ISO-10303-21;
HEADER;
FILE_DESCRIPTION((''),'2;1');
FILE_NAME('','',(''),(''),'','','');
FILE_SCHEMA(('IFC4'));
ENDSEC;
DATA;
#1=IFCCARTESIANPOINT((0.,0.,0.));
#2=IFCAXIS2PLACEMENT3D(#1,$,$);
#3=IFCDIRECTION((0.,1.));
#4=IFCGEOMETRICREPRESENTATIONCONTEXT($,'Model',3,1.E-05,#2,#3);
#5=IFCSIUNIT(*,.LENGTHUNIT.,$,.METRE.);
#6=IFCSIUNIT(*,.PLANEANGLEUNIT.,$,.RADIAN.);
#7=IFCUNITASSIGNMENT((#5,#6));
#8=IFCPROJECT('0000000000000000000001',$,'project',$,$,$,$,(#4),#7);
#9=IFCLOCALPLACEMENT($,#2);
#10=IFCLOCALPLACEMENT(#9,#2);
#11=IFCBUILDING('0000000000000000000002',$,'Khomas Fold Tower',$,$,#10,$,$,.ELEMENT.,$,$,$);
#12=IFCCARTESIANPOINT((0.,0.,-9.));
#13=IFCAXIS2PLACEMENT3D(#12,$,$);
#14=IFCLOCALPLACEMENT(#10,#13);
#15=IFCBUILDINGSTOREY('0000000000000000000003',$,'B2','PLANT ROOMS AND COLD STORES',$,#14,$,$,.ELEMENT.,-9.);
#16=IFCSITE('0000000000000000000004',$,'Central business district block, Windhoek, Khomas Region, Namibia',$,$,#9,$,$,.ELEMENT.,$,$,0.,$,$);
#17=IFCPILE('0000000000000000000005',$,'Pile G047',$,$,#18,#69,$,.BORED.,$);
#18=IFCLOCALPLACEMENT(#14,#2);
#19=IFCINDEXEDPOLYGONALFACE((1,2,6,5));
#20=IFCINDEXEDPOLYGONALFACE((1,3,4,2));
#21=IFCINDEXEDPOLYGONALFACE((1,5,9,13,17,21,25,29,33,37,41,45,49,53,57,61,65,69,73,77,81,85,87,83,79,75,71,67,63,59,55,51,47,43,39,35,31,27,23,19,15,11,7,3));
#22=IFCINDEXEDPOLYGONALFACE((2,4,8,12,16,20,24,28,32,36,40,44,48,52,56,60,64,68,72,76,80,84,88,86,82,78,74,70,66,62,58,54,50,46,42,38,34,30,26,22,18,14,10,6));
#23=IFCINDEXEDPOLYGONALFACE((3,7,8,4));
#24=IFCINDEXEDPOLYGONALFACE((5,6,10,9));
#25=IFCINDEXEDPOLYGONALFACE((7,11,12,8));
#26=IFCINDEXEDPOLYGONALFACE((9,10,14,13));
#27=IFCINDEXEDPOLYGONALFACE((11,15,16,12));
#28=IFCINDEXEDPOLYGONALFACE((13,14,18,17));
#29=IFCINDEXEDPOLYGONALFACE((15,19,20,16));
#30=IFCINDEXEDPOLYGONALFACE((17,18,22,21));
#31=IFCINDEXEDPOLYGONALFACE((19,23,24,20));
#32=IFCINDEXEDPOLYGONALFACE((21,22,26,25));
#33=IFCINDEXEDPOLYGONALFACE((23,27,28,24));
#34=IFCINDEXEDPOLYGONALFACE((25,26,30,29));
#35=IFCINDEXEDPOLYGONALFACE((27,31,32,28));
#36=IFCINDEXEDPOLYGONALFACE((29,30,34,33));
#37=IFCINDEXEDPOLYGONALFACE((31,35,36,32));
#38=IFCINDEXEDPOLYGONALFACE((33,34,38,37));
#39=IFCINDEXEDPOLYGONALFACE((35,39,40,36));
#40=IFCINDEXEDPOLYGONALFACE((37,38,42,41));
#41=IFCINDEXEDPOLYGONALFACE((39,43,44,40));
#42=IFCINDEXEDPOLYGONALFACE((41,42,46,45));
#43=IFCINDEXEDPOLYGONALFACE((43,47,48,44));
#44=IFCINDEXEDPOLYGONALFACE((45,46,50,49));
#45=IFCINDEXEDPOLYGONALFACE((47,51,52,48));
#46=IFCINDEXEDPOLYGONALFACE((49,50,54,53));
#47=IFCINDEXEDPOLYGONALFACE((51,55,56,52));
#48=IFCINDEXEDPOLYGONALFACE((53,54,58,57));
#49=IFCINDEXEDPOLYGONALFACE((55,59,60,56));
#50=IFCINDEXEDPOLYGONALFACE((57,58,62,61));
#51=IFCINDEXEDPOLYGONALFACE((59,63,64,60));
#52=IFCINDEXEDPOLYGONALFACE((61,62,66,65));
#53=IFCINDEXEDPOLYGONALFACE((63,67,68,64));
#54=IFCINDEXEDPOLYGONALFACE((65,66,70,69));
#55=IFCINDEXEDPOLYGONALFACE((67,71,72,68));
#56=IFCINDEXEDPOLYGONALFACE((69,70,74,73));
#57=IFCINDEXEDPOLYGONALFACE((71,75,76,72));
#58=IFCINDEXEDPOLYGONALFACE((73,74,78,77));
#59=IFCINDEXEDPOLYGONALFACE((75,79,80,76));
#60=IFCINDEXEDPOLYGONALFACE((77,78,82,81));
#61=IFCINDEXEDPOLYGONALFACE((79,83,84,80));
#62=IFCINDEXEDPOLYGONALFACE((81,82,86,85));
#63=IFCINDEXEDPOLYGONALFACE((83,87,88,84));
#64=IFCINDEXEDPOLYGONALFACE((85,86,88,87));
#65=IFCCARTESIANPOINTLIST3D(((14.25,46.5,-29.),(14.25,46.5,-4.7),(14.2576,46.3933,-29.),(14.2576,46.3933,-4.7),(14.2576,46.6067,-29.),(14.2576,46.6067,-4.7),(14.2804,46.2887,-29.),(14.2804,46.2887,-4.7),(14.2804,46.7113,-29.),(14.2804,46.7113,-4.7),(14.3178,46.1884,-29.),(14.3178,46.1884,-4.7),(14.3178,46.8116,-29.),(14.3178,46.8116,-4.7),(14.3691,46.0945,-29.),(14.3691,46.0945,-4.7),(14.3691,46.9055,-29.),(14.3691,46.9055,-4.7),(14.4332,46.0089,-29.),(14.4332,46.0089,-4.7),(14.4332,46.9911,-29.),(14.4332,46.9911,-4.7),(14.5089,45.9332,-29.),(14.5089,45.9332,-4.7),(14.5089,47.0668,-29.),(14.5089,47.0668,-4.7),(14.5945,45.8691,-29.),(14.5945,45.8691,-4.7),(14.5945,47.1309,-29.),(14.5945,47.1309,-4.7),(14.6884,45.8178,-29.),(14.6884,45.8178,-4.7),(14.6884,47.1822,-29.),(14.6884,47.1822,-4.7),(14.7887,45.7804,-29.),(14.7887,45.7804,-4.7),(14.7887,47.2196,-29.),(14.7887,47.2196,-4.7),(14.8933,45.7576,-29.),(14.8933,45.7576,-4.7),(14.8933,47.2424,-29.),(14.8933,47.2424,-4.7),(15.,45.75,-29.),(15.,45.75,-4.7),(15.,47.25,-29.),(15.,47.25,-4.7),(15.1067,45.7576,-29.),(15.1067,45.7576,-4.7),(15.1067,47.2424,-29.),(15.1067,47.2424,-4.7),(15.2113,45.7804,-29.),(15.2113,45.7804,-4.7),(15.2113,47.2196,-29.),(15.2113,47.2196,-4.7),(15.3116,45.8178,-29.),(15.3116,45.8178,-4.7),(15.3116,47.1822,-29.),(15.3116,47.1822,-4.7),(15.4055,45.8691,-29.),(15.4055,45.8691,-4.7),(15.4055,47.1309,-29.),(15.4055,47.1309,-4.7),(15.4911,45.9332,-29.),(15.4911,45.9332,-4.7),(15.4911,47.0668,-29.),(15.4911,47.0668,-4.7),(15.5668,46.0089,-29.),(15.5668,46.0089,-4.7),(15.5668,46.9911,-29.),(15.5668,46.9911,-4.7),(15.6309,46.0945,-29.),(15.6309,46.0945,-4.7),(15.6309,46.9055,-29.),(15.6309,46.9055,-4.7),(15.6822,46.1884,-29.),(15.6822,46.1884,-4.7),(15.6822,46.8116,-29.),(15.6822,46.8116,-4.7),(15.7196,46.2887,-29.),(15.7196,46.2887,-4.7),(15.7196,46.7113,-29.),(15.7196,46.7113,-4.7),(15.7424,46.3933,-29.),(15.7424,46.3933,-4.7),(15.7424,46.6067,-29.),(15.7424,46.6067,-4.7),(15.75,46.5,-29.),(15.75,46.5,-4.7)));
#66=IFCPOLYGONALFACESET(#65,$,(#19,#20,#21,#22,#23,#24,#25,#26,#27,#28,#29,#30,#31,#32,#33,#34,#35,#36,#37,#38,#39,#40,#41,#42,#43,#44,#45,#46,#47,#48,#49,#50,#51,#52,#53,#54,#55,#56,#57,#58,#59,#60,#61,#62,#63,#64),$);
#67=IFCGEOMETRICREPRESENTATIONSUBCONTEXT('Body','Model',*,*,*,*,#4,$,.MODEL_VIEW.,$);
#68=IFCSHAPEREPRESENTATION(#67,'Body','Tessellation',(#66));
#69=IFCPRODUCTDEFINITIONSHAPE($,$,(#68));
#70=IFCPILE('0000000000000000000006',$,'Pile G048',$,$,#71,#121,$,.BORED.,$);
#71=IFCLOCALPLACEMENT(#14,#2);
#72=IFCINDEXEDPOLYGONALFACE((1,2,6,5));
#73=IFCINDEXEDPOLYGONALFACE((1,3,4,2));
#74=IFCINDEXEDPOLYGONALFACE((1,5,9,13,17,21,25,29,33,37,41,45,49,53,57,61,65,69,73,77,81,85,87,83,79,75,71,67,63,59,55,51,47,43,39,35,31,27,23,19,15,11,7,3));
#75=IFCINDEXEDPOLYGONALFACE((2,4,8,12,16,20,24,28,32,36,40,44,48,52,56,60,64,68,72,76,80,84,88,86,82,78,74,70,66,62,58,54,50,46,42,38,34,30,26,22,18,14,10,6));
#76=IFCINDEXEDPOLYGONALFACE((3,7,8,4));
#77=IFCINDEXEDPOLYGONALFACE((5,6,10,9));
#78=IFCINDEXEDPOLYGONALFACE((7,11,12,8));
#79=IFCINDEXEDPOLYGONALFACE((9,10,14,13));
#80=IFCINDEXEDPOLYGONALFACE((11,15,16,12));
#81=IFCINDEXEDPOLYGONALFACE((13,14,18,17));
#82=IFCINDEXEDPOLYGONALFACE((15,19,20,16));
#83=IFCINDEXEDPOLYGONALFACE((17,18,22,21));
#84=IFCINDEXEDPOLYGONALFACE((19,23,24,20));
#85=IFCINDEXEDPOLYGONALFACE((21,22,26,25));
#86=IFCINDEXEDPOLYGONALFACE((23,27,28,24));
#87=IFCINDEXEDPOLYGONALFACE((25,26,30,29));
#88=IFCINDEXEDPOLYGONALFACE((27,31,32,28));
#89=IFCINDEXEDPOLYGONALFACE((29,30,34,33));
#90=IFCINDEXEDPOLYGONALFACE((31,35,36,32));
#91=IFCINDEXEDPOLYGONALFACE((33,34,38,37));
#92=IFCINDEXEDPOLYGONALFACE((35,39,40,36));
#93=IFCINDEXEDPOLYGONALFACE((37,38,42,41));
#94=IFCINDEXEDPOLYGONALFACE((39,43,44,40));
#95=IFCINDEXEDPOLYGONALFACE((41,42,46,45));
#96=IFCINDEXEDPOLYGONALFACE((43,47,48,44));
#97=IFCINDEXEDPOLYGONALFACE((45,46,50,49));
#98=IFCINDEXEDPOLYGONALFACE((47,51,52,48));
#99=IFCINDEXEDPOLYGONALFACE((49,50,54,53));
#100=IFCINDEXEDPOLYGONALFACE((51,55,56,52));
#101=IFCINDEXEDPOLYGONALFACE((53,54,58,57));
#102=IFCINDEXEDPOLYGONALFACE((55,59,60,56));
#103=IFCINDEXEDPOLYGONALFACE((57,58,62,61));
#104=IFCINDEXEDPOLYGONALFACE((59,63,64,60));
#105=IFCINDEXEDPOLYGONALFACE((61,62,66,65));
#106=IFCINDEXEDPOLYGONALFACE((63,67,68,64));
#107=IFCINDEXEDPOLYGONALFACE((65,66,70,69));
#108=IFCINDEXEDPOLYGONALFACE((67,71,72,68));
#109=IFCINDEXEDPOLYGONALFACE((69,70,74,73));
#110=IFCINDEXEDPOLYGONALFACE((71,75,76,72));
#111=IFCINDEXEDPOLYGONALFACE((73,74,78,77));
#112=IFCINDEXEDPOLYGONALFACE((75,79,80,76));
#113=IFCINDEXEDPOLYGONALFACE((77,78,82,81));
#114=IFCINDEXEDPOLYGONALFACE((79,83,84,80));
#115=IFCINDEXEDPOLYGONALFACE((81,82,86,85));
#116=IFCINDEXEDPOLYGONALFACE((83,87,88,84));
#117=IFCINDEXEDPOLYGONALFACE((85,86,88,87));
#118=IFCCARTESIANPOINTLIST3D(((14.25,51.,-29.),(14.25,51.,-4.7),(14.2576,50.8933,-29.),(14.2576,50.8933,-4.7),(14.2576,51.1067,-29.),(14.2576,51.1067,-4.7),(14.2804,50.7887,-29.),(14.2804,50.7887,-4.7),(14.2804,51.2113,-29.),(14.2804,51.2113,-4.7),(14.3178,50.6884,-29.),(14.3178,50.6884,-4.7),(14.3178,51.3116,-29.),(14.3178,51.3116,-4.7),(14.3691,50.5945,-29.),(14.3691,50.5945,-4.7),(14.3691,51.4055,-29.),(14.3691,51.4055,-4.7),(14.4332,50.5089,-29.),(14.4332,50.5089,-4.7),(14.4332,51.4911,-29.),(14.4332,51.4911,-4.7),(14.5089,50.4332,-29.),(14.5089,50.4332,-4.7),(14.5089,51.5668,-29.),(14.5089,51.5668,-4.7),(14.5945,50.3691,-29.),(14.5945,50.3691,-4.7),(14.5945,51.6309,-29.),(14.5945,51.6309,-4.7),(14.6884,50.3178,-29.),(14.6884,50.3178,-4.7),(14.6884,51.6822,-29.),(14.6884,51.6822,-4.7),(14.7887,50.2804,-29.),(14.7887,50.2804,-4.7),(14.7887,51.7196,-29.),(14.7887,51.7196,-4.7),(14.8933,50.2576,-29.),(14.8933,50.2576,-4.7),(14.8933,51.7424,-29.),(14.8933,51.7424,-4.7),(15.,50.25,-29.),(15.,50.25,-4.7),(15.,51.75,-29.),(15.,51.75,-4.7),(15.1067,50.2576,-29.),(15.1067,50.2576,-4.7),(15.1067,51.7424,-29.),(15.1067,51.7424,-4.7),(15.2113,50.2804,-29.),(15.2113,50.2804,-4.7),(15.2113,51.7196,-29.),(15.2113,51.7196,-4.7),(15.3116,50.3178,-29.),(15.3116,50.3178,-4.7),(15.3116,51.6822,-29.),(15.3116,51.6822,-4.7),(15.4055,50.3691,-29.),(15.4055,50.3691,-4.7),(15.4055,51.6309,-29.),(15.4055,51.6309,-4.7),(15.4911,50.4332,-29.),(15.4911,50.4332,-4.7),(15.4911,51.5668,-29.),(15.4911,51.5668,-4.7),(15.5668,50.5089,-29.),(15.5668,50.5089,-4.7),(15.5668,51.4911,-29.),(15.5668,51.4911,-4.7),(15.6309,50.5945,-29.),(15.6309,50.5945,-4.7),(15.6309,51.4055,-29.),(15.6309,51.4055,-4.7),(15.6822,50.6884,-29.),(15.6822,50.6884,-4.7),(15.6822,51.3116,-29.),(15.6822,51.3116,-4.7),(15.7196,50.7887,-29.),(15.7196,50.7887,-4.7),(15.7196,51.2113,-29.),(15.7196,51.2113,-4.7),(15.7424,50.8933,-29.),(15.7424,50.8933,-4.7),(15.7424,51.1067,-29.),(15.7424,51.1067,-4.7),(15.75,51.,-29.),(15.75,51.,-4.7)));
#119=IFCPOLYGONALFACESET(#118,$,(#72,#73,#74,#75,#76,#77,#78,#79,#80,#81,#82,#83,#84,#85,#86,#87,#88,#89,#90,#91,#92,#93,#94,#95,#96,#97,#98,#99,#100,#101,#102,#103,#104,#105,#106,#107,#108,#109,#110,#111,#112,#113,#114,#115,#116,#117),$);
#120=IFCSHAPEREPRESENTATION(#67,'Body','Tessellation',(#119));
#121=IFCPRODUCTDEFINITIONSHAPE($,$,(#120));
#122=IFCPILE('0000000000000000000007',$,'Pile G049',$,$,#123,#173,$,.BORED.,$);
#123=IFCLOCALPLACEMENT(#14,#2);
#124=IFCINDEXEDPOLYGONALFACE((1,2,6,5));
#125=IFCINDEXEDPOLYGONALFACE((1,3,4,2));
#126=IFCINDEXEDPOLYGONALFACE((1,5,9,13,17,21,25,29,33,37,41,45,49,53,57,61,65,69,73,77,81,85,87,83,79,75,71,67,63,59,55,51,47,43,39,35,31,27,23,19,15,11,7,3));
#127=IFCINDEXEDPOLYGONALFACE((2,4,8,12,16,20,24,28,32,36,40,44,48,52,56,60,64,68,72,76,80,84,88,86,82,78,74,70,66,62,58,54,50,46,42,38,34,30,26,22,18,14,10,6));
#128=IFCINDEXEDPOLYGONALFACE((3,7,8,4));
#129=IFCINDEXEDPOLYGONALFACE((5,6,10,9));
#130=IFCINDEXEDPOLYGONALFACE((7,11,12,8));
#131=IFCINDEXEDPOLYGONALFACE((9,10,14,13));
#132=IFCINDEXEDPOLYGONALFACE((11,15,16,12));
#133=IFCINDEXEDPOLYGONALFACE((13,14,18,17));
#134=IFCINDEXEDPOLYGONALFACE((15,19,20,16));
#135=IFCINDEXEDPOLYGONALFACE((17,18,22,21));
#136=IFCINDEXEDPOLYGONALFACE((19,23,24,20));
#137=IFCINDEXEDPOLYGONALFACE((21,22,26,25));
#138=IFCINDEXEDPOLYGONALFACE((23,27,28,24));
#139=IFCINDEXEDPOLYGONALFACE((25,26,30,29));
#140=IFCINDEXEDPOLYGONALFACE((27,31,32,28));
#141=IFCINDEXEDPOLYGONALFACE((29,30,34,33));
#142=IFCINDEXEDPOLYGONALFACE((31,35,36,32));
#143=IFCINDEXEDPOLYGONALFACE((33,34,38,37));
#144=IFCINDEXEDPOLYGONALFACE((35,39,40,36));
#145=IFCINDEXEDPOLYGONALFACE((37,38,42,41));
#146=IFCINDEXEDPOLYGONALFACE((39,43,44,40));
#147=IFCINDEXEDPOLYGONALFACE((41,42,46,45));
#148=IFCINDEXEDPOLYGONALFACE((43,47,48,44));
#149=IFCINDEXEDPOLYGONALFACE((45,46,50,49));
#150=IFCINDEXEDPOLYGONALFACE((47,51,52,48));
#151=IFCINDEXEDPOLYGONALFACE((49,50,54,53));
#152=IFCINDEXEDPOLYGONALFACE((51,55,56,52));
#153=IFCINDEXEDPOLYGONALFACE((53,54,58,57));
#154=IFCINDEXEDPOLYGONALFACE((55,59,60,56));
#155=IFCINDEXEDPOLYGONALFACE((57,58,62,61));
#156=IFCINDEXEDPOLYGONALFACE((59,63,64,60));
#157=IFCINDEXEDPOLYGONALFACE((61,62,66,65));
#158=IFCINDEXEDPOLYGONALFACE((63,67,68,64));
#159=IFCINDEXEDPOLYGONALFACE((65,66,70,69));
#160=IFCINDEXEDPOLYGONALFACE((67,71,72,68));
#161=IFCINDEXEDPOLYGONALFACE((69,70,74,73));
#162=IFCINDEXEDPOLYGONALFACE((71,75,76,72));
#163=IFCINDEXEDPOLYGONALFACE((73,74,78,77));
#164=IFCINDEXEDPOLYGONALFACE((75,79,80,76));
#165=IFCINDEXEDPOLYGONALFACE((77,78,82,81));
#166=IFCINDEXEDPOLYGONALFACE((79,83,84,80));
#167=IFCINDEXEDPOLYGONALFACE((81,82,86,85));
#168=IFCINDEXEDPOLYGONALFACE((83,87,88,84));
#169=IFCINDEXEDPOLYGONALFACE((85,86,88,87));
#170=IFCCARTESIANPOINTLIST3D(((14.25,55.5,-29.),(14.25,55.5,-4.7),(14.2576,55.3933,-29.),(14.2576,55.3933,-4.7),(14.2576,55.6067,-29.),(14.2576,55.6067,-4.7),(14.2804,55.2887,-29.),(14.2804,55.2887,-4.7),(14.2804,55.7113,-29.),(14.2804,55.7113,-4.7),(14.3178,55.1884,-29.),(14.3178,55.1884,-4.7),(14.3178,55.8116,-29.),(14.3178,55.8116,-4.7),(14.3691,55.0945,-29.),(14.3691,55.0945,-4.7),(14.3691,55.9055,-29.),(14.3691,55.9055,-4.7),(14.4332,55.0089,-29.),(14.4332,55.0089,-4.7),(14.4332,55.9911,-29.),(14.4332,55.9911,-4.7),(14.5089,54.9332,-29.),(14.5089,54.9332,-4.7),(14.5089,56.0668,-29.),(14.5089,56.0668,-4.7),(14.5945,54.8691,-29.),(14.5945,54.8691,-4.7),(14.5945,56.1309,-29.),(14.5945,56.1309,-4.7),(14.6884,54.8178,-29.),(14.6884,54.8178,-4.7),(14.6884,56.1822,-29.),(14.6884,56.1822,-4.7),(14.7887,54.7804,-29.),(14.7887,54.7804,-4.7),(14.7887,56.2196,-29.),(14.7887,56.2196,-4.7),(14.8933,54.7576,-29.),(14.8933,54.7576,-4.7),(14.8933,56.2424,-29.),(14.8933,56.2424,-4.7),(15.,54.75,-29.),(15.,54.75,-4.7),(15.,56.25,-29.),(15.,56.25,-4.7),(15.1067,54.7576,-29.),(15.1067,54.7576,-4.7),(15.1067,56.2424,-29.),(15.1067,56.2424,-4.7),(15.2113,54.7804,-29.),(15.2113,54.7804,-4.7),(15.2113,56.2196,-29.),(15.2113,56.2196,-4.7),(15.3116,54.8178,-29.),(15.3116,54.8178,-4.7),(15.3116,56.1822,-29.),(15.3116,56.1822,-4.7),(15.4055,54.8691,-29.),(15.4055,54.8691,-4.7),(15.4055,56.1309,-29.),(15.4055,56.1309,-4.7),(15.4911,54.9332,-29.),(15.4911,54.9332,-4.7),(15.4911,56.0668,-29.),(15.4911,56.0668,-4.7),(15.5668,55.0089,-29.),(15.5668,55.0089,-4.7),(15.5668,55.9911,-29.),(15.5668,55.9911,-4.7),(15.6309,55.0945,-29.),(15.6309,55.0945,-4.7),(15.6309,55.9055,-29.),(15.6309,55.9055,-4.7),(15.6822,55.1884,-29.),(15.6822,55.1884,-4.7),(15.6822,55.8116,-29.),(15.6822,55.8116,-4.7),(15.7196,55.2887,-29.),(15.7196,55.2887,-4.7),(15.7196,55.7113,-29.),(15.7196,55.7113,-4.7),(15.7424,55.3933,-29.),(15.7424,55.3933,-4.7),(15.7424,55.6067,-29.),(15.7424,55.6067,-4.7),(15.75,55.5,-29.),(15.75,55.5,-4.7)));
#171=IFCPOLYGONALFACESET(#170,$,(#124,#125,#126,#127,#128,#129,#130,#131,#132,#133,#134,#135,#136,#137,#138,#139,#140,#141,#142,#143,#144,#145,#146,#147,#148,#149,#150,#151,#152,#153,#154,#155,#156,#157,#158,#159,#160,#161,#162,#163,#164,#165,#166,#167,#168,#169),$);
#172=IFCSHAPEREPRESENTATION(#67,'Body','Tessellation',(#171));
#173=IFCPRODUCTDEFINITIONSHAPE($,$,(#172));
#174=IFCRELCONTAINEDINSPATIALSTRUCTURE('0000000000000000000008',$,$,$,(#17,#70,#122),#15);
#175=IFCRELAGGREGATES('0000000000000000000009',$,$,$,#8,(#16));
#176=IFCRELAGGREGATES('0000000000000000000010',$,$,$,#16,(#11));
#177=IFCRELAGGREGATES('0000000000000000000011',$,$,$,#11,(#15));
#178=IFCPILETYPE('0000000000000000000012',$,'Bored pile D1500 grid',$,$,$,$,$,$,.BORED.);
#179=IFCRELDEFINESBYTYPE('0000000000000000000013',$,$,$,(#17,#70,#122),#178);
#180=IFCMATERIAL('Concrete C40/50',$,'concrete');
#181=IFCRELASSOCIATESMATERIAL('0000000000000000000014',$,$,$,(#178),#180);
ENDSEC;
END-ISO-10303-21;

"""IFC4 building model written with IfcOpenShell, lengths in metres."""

from ifc_helpers import new_model, si_unit, direction, frame, origin, origin_2d, place, context, subcontext, project, spatial, circle, extrude, source, transform, mapped, material, material_profile, profile_set, type_object, element, save


model = new_model("IFC4")

# Units and contexts
model_context = context("Model", 3, precision=1e-05, world=origin(), true_north=direction((0.0, 1.0)))
body_context = subcontext(model_context, "Body", "Model", "MODEL_VIEW")
ifc_project = project(units=[si_unit("LENGTHUNIT", "METRE"), si_unit("PLANEANGLEUNIT", "RADIAN")], contexts=[model_context])

# Site, building, storey
site_placement = place(None, origin())
site = spatial("IfcSite", under=ifc_project, at=site_placement, Name="Central business district block, Windhoek, Khomas Region, Namibia", CompositionType="ELEMENT", RefElevation=0.0)
building_placement = place(site_placement, origin())
building = spatial("IfcBuilding", under=site, at=building_placement, Name="Khomas Fold Tower", CompositionType="ELEMENT")
storey_placement = place(building_placement, frame((0.0, 0.0, -9.0)))
storey = spatial("IfcBuildingStorey", under=building, at=storey_placement, Name="B2", Description="PLANT ROOMS AND COLD STORES", CompositionType="ELEMENT", Elevation=-9.0)

# Piles
ifc_material_1 = material(Name="Concrete C40/50", Category="concrete")
ifc_material_profile_1 = material_profile(ifc_material_1, circle(Radius=0.75, at=origin_2d()), Name="PILE D1500")
ifc_profile_set_1 = profile_set([ifc_material_profile_1], Name="Concrete C40/50")
pile_type_1 = type_object("IfcPileType", Name="Bored pile D1500 grid", PredefinedType="BORED", material=ifc_profile_set_1)
shared_shape_1 = source(origin(), body_context, "Body", "SweptSolid", [
    extrude(circle(Radius=0.75, at=origin_2d()), origin(), (0.0, 0.0, 1.0), 24.3),
])
for number, where, z_axis, x_axis, name in (
    (1, (15.0, 46.5, -4.7), (0.0, 0.0, -1.0), (1.0, 0.0, 0.0), "Pile G047"),
    (2, (15.0, 51.0, -4.7), (0.0, 0.0, -1.0), (1.0, 0.0, 0.0), "Pile G048"),
    (3, (15.0, 55.5, -4.7), (0.0, 0.0, -1.0), (1.0, 0.0, 0.0), "Pile G049"),
):
    element("IfcPile", number, at=place(storey_placement, frame(where, z_axis=z_axis, x_axis=x_axis)), inside=storey, type_object=pile_type_1, Name=name, PredefinedType="BORED", context=body_context, shape_type="MappedRepresentation", body=[
        mapped(shared_shape_1, transform((0.0, 0.0, 0.0))),
    ])

save(model, "model.ifc")
